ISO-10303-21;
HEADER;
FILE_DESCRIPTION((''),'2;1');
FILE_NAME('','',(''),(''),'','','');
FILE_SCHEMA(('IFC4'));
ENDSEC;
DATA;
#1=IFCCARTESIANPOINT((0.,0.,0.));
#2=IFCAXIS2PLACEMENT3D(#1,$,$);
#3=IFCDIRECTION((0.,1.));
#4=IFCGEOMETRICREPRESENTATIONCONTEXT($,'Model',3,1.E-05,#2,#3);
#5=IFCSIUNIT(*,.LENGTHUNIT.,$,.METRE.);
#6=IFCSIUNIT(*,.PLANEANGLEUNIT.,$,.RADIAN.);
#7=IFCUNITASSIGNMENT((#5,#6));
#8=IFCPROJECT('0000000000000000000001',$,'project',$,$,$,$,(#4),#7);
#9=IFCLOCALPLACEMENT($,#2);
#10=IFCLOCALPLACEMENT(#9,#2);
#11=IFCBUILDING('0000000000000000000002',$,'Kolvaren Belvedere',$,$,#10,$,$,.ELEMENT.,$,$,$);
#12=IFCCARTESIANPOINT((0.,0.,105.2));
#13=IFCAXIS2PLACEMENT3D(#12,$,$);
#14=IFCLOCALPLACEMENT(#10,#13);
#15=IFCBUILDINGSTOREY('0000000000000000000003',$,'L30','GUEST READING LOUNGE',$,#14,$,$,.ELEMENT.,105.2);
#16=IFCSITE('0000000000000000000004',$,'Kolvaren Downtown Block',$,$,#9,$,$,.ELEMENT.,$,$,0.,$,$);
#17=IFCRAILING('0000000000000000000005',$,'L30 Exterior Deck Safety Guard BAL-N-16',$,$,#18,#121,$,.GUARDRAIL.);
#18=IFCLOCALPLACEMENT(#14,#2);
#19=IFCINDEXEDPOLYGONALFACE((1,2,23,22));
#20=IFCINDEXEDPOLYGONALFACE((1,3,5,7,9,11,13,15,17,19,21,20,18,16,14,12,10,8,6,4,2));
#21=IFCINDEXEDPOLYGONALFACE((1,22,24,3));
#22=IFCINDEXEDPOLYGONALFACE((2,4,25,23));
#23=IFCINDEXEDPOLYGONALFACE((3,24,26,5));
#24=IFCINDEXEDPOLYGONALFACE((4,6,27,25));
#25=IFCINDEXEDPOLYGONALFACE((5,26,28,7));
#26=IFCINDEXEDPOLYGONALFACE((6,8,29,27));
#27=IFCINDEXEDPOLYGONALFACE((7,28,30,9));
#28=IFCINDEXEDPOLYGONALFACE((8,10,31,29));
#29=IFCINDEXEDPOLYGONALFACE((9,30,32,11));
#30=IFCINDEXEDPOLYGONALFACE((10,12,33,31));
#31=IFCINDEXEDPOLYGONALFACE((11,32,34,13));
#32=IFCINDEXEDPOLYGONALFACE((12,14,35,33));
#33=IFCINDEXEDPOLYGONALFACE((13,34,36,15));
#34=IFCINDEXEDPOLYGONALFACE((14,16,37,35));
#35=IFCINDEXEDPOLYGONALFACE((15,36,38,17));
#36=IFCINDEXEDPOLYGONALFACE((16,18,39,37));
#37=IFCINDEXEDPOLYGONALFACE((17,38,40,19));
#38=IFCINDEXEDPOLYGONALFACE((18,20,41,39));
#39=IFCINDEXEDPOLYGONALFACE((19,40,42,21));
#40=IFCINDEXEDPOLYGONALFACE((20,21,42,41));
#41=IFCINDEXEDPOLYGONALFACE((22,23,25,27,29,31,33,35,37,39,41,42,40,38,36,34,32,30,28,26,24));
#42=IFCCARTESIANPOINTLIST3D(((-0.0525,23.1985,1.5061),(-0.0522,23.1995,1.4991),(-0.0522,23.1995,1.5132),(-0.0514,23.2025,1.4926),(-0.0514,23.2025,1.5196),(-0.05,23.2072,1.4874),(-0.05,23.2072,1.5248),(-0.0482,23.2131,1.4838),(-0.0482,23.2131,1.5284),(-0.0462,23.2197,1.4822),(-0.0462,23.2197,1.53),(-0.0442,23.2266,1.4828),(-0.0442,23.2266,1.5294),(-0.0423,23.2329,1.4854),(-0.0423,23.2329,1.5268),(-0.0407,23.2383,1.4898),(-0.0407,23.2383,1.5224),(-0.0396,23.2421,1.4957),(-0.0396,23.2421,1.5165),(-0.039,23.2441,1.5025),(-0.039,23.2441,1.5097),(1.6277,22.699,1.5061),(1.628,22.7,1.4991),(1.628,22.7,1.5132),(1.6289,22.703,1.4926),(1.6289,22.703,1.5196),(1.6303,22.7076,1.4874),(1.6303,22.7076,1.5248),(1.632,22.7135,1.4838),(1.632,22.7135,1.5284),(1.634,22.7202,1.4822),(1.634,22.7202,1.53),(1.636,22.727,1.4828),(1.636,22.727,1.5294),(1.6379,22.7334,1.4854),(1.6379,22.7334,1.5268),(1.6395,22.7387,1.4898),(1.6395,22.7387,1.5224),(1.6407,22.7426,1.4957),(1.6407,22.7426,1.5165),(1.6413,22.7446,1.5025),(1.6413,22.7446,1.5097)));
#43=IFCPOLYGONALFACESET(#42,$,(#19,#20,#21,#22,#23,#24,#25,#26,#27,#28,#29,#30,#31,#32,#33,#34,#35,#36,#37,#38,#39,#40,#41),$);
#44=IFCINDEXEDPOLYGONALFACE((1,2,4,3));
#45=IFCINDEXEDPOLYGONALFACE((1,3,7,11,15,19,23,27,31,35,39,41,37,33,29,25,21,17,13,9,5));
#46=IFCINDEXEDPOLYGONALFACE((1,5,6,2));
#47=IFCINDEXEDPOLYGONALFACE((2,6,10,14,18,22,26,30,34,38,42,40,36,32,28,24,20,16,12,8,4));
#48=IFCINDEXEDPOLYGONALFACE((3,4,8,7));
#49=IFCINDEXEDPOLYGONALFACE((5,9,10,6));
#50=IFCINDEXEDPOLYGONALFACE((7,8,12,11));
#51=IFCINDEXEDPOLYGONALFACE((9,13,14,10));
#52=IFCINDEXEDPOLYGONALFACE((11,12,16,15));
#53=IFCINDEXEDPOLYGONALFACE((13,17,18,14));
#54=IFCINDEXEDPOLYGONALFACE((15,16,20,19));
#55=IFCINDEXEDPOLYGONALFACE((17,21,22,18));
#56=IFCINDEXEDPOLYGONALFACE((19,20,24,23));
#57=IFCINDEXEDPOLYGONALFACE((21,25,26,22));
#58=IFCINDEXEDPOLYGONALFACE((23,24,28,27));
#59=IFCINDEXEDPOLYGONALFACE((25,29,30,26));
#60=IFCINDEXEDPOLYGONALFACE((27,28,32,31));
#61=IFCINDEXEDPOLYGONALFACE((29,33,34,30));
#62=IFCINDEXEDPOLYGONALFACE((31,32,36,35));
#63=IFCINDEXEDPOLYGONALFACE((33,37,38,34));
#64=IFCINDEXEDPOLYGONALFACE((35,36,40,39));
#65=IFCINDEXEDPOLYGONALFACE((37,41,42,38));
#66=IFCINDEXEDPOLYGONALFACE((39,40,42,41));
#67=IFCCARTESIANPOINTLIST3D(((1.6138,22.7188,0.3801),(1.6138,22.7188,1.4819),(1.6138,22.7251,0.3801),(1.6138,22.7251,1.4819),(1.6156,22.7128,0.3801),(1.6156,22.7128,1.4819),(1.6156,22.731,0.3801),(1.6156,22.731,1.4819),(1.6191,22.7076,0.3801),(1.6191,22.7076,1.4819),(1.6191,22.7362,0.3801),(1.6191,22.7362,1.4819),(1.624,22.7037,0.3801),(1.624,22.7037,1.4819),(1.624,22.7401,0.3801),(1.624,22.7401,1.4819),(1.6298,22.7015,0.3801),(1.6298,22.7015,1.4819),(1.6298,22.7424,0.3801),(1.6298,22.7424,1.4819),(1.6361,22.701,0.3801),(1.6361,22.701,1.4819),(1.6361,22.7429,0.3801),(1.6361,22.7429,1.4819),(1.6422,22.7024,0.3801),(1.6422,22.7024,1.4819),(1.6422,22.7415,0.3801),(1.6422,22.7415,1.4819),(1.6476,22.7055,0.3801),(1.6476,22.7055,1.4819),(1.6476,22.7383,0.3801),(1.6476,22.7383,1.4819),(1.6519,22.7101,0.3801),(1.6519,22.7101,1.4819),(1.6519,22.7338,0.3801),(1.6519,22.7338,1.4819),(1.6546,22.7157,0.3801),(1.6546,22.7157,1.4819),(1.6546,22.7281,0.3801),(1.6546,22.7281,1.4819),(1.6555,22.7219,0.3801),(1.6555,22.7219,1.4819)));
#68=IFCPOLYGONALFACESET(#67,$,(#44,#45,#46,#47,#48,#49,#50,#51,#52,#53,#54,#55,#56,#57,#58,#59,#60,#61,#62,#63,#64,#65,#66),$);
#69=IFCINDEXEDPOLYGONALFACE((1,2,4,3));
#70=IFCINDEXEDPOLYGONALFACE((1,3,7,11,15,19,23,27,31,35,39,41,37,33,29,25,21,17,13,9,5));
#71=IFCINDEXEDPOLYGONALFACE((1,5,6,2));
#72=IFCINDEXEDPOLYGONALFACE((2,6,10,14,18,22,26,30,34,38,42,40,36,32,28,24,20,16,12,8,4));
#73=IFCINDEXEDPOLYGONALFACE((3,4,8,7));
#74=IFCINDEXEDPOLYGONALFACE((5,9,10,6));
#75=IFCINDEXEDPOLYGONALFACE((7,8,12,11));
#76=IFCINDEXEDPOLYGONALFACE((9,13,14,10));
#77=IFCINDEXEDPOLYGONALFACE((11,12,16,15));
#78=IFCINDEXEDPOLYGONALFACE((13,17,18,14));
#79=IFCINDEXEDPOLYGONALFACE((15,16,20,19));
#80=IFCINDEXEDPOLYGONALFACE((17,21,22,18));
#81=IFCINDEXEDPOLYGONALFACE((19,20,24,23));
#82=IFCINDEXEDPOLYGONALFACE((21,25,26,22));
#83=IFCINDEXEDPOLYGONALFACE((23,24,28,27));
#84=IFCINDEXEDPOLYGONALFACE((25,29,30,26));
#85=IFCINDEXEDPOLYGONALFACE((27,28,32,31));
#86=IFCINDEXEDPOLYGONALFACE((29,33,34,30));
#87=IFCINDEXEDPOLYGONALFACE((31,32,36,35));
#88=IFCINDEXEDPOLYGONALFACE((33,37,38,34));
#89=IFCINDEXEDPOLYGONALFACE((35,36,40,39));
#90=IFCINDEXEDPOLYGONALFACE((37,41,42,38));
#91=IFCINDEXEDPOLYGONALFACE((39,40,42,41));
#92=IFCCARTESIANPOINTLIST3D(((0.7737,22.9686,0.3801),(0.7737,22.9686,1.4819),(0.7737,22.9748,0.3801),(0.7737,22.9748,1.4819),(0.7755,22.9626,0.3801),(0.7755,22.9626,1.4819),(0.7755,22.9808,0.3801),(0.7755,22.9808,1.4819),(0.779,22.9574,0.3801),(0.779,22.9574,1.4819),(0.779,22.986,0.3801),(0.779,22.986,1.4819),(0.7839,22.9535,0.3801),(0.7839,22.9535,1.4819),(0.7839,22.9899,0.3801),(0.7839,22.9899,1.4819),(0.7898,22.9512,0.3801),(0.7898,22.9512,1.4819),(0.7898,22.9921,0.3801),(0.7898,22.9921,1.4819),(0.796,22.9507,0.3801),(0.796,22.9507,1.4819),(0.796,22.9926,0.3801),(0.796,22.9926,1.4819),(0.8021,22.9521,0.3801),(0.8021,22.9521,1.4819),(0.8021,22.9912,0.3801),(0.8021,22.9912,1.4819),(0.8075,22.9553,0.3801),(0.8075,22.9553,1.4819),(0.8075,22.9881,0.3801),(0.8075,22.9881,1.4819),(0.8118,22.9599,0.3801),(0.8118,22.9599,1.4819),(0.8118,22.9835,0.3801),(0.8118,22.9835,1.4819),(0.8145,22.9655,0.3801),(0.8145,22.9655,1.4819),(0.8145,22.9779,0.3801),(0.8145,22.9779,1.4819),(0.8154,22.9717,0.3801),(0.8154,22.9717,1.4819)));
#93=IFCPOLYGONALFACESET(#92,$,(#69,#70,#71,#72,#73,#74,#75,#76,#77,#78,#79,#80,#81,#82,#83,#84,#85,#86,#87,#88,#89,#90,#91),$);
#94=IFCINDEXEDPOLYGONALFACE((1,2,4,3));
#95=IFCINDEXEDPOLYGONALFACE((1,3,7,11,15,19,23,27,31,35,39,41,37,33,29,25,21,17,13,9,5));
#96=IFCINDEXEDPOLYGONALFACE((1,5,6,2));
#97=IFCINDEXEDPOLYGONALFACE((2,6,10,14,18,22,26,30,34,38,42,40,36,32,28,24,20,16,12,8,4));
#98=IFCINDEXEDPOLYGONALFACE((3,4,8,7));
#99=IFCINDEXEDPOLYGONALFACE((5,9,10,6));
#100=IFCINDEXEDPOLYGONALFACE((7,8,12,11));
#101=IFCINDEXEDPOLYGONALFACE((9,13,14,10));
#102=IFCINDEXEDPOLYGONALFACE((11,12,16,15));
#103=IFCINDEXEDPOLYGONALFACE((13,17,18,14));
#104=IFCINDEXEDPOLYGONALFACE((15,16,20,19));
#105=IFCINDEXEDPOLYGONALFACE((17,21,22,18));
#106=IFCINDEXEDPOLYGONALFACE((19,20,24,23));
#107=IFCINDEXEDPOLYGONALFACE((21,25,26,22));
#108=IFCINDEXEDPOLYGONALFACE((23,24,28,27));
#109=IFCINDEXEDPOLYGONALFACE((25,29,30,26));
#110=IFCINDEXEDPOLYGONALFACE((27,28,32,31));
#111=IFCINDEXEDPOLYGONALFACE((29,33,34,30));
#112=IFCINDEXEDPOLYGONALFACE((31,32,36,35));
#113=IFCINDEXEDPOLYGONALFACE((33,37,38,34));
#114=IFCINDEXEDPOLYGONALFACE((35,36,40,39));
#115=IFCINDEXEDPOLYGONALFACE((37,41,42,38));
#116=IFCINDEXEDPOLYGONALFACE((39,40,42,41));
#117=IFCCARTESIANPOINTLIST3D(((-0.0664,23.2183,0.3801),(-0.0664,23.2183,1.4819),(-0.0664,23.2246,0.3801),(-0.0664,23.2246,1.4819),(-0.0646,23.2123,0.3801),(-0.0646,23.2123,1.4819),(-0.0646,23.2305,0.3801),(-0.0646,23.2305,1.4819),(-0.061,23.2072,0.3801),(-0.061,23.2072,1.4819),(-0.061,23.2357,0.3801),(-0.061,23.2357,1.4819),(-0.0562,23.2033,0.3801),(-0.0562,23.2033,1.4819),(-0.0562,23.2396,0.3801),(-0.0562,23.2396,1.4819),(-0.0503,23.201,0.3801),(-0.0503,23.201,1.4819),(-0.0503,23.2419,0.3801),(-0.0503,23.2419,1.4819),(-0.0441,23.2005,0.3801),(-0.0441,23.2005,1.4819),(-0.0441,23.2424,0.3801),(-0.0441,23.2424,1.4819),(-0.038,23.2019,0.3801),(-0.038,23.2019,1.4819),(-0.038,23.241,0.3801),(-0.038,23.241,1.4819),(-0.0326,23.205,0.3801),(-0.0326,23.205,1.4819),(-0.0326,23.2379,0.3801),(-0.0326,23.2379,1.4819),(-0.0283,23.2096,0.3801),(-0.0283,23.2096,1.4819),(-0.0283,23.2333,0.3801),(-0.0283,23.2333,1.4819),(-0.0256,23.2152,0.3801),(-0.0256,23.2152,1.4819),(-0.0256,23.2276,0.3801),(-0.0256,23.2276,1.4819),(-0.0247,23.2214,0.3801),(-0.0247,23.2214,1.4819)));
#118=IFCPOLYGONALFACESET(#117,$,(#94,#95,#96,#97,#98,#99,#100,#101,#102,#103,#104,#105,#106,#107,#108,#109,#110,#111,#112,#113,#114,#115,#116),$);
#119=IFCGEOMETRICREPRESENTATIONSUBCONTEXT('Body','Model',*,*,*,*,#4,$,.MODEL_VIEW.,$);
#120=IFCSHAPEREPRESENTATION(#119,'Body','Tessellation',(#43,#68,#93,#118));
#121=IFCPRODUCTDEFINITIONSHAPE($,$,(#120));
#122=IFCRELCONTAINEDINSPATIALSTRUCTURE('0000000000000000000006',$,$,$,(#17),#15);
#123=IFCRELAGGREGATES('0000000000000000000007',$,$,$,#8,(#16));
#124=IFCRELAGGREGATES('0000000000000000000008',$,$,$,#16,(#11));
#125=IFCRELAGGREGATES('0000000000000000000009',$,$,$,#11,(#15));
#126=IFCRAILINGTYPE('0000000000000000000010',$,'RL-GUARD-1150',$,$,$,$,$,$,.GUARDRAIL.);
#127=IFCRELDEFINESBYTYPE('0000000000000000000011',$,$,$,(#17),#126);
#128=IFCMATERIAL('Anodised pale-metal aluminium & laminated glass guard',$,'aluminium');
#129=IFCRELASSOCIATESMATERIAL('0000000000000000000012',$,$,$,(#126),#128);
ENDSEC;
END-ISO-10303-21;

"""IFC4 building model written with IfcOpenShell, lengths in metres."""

from ifc_helpers import new_model, si_unit, direction, frame, origin, origin_2d, place, context, subcontext, project, spatial, circle, extrude, material, type_object, element, save


model = new_model("IFC4")

# Units and contexts
model_context = context("Model", 3, precision=1e-05, world=origin(), true_north=direction((0.0, 1.0)))
body_context = subcontext(model_context, "Body", "Model", "MODEL_VIEW")
ifc_project = project(units=[si_unit("LENGTHUNIT", "METRE"), si_unit("PLANEANGLEUNIT", "RADIAN")], contexts=[model_context])

# Site, building, storey
site_placement = place(None, origin())
site = spatial("IfcSite", under=ifc_project, at=site_placement, Name="Kolvaren Downtown Block", CompositionType="ELEMENT", RefElevation=0.0)
building_placement = place(site_placement, origin())
building = spatial("IfcBuilding", under=site, at=building_placement, Name="Kolvaren Belvedere", CompositionType="ELEMENT")
storey_placement = place(building_placement, frame((0.0, 0.0, 105.2)))
storey = spatial("IfcBuildingStorey", under=building, at=storey_placement, Name="L30", Description="GUEST READING LOUNGE", CompositionType="ELEMENT", Elevation=105.2)

# Railing
ifc_material_1 = material(Name="Anodised pale-metal aluminium & laminated glass guard", Category="aluminium")
railing_type = type_object("IfcRailingType", Name="RL-GUARD-1150", PredefinedType="GUARDRAIL", material=ifc_material_1)
railing_1_placement = place(storey_placement, frame((1.6345, 22.7219, 0.3801)))
element("IfcRailing", 1, at=railing_1_placement, inside=storey, type_object=railing_type, Name="L30 Exterior Deck Safety Guard BAL-N-16", PredefinedType="GUARDRAIL", context=body_context, shape_type="SweptSolid", body=[
    extrude(circle(Radius=0.0239, at=origin_2d()), frame((0.0, 0.0, 1.126), z_axis=(-0.958536, 0.28497, 0.0), x_axis=(-0.28497, -0.958536, 0.0)), (0.0, 0.0, 1.0), 1.7529),
    extrude(circle(Radius=0.021, at=origin_2d()), origin(), (0.0, 0.0, 1.0), 1.1018),
    extrude(circle(Radius=0.021, at=origin_2d()), frame((-0.8401, 0.2498, 0.0)), (0.0, 0.0, 1.0), 1.1018),
    extrude(circle(Radius=0.021, at=origin_2d()), frame((-1.6802, 0.4995, 0.0)), (0.0, 0.0, 1.0), 1.1018),
])

save(model, "model.ifc")
